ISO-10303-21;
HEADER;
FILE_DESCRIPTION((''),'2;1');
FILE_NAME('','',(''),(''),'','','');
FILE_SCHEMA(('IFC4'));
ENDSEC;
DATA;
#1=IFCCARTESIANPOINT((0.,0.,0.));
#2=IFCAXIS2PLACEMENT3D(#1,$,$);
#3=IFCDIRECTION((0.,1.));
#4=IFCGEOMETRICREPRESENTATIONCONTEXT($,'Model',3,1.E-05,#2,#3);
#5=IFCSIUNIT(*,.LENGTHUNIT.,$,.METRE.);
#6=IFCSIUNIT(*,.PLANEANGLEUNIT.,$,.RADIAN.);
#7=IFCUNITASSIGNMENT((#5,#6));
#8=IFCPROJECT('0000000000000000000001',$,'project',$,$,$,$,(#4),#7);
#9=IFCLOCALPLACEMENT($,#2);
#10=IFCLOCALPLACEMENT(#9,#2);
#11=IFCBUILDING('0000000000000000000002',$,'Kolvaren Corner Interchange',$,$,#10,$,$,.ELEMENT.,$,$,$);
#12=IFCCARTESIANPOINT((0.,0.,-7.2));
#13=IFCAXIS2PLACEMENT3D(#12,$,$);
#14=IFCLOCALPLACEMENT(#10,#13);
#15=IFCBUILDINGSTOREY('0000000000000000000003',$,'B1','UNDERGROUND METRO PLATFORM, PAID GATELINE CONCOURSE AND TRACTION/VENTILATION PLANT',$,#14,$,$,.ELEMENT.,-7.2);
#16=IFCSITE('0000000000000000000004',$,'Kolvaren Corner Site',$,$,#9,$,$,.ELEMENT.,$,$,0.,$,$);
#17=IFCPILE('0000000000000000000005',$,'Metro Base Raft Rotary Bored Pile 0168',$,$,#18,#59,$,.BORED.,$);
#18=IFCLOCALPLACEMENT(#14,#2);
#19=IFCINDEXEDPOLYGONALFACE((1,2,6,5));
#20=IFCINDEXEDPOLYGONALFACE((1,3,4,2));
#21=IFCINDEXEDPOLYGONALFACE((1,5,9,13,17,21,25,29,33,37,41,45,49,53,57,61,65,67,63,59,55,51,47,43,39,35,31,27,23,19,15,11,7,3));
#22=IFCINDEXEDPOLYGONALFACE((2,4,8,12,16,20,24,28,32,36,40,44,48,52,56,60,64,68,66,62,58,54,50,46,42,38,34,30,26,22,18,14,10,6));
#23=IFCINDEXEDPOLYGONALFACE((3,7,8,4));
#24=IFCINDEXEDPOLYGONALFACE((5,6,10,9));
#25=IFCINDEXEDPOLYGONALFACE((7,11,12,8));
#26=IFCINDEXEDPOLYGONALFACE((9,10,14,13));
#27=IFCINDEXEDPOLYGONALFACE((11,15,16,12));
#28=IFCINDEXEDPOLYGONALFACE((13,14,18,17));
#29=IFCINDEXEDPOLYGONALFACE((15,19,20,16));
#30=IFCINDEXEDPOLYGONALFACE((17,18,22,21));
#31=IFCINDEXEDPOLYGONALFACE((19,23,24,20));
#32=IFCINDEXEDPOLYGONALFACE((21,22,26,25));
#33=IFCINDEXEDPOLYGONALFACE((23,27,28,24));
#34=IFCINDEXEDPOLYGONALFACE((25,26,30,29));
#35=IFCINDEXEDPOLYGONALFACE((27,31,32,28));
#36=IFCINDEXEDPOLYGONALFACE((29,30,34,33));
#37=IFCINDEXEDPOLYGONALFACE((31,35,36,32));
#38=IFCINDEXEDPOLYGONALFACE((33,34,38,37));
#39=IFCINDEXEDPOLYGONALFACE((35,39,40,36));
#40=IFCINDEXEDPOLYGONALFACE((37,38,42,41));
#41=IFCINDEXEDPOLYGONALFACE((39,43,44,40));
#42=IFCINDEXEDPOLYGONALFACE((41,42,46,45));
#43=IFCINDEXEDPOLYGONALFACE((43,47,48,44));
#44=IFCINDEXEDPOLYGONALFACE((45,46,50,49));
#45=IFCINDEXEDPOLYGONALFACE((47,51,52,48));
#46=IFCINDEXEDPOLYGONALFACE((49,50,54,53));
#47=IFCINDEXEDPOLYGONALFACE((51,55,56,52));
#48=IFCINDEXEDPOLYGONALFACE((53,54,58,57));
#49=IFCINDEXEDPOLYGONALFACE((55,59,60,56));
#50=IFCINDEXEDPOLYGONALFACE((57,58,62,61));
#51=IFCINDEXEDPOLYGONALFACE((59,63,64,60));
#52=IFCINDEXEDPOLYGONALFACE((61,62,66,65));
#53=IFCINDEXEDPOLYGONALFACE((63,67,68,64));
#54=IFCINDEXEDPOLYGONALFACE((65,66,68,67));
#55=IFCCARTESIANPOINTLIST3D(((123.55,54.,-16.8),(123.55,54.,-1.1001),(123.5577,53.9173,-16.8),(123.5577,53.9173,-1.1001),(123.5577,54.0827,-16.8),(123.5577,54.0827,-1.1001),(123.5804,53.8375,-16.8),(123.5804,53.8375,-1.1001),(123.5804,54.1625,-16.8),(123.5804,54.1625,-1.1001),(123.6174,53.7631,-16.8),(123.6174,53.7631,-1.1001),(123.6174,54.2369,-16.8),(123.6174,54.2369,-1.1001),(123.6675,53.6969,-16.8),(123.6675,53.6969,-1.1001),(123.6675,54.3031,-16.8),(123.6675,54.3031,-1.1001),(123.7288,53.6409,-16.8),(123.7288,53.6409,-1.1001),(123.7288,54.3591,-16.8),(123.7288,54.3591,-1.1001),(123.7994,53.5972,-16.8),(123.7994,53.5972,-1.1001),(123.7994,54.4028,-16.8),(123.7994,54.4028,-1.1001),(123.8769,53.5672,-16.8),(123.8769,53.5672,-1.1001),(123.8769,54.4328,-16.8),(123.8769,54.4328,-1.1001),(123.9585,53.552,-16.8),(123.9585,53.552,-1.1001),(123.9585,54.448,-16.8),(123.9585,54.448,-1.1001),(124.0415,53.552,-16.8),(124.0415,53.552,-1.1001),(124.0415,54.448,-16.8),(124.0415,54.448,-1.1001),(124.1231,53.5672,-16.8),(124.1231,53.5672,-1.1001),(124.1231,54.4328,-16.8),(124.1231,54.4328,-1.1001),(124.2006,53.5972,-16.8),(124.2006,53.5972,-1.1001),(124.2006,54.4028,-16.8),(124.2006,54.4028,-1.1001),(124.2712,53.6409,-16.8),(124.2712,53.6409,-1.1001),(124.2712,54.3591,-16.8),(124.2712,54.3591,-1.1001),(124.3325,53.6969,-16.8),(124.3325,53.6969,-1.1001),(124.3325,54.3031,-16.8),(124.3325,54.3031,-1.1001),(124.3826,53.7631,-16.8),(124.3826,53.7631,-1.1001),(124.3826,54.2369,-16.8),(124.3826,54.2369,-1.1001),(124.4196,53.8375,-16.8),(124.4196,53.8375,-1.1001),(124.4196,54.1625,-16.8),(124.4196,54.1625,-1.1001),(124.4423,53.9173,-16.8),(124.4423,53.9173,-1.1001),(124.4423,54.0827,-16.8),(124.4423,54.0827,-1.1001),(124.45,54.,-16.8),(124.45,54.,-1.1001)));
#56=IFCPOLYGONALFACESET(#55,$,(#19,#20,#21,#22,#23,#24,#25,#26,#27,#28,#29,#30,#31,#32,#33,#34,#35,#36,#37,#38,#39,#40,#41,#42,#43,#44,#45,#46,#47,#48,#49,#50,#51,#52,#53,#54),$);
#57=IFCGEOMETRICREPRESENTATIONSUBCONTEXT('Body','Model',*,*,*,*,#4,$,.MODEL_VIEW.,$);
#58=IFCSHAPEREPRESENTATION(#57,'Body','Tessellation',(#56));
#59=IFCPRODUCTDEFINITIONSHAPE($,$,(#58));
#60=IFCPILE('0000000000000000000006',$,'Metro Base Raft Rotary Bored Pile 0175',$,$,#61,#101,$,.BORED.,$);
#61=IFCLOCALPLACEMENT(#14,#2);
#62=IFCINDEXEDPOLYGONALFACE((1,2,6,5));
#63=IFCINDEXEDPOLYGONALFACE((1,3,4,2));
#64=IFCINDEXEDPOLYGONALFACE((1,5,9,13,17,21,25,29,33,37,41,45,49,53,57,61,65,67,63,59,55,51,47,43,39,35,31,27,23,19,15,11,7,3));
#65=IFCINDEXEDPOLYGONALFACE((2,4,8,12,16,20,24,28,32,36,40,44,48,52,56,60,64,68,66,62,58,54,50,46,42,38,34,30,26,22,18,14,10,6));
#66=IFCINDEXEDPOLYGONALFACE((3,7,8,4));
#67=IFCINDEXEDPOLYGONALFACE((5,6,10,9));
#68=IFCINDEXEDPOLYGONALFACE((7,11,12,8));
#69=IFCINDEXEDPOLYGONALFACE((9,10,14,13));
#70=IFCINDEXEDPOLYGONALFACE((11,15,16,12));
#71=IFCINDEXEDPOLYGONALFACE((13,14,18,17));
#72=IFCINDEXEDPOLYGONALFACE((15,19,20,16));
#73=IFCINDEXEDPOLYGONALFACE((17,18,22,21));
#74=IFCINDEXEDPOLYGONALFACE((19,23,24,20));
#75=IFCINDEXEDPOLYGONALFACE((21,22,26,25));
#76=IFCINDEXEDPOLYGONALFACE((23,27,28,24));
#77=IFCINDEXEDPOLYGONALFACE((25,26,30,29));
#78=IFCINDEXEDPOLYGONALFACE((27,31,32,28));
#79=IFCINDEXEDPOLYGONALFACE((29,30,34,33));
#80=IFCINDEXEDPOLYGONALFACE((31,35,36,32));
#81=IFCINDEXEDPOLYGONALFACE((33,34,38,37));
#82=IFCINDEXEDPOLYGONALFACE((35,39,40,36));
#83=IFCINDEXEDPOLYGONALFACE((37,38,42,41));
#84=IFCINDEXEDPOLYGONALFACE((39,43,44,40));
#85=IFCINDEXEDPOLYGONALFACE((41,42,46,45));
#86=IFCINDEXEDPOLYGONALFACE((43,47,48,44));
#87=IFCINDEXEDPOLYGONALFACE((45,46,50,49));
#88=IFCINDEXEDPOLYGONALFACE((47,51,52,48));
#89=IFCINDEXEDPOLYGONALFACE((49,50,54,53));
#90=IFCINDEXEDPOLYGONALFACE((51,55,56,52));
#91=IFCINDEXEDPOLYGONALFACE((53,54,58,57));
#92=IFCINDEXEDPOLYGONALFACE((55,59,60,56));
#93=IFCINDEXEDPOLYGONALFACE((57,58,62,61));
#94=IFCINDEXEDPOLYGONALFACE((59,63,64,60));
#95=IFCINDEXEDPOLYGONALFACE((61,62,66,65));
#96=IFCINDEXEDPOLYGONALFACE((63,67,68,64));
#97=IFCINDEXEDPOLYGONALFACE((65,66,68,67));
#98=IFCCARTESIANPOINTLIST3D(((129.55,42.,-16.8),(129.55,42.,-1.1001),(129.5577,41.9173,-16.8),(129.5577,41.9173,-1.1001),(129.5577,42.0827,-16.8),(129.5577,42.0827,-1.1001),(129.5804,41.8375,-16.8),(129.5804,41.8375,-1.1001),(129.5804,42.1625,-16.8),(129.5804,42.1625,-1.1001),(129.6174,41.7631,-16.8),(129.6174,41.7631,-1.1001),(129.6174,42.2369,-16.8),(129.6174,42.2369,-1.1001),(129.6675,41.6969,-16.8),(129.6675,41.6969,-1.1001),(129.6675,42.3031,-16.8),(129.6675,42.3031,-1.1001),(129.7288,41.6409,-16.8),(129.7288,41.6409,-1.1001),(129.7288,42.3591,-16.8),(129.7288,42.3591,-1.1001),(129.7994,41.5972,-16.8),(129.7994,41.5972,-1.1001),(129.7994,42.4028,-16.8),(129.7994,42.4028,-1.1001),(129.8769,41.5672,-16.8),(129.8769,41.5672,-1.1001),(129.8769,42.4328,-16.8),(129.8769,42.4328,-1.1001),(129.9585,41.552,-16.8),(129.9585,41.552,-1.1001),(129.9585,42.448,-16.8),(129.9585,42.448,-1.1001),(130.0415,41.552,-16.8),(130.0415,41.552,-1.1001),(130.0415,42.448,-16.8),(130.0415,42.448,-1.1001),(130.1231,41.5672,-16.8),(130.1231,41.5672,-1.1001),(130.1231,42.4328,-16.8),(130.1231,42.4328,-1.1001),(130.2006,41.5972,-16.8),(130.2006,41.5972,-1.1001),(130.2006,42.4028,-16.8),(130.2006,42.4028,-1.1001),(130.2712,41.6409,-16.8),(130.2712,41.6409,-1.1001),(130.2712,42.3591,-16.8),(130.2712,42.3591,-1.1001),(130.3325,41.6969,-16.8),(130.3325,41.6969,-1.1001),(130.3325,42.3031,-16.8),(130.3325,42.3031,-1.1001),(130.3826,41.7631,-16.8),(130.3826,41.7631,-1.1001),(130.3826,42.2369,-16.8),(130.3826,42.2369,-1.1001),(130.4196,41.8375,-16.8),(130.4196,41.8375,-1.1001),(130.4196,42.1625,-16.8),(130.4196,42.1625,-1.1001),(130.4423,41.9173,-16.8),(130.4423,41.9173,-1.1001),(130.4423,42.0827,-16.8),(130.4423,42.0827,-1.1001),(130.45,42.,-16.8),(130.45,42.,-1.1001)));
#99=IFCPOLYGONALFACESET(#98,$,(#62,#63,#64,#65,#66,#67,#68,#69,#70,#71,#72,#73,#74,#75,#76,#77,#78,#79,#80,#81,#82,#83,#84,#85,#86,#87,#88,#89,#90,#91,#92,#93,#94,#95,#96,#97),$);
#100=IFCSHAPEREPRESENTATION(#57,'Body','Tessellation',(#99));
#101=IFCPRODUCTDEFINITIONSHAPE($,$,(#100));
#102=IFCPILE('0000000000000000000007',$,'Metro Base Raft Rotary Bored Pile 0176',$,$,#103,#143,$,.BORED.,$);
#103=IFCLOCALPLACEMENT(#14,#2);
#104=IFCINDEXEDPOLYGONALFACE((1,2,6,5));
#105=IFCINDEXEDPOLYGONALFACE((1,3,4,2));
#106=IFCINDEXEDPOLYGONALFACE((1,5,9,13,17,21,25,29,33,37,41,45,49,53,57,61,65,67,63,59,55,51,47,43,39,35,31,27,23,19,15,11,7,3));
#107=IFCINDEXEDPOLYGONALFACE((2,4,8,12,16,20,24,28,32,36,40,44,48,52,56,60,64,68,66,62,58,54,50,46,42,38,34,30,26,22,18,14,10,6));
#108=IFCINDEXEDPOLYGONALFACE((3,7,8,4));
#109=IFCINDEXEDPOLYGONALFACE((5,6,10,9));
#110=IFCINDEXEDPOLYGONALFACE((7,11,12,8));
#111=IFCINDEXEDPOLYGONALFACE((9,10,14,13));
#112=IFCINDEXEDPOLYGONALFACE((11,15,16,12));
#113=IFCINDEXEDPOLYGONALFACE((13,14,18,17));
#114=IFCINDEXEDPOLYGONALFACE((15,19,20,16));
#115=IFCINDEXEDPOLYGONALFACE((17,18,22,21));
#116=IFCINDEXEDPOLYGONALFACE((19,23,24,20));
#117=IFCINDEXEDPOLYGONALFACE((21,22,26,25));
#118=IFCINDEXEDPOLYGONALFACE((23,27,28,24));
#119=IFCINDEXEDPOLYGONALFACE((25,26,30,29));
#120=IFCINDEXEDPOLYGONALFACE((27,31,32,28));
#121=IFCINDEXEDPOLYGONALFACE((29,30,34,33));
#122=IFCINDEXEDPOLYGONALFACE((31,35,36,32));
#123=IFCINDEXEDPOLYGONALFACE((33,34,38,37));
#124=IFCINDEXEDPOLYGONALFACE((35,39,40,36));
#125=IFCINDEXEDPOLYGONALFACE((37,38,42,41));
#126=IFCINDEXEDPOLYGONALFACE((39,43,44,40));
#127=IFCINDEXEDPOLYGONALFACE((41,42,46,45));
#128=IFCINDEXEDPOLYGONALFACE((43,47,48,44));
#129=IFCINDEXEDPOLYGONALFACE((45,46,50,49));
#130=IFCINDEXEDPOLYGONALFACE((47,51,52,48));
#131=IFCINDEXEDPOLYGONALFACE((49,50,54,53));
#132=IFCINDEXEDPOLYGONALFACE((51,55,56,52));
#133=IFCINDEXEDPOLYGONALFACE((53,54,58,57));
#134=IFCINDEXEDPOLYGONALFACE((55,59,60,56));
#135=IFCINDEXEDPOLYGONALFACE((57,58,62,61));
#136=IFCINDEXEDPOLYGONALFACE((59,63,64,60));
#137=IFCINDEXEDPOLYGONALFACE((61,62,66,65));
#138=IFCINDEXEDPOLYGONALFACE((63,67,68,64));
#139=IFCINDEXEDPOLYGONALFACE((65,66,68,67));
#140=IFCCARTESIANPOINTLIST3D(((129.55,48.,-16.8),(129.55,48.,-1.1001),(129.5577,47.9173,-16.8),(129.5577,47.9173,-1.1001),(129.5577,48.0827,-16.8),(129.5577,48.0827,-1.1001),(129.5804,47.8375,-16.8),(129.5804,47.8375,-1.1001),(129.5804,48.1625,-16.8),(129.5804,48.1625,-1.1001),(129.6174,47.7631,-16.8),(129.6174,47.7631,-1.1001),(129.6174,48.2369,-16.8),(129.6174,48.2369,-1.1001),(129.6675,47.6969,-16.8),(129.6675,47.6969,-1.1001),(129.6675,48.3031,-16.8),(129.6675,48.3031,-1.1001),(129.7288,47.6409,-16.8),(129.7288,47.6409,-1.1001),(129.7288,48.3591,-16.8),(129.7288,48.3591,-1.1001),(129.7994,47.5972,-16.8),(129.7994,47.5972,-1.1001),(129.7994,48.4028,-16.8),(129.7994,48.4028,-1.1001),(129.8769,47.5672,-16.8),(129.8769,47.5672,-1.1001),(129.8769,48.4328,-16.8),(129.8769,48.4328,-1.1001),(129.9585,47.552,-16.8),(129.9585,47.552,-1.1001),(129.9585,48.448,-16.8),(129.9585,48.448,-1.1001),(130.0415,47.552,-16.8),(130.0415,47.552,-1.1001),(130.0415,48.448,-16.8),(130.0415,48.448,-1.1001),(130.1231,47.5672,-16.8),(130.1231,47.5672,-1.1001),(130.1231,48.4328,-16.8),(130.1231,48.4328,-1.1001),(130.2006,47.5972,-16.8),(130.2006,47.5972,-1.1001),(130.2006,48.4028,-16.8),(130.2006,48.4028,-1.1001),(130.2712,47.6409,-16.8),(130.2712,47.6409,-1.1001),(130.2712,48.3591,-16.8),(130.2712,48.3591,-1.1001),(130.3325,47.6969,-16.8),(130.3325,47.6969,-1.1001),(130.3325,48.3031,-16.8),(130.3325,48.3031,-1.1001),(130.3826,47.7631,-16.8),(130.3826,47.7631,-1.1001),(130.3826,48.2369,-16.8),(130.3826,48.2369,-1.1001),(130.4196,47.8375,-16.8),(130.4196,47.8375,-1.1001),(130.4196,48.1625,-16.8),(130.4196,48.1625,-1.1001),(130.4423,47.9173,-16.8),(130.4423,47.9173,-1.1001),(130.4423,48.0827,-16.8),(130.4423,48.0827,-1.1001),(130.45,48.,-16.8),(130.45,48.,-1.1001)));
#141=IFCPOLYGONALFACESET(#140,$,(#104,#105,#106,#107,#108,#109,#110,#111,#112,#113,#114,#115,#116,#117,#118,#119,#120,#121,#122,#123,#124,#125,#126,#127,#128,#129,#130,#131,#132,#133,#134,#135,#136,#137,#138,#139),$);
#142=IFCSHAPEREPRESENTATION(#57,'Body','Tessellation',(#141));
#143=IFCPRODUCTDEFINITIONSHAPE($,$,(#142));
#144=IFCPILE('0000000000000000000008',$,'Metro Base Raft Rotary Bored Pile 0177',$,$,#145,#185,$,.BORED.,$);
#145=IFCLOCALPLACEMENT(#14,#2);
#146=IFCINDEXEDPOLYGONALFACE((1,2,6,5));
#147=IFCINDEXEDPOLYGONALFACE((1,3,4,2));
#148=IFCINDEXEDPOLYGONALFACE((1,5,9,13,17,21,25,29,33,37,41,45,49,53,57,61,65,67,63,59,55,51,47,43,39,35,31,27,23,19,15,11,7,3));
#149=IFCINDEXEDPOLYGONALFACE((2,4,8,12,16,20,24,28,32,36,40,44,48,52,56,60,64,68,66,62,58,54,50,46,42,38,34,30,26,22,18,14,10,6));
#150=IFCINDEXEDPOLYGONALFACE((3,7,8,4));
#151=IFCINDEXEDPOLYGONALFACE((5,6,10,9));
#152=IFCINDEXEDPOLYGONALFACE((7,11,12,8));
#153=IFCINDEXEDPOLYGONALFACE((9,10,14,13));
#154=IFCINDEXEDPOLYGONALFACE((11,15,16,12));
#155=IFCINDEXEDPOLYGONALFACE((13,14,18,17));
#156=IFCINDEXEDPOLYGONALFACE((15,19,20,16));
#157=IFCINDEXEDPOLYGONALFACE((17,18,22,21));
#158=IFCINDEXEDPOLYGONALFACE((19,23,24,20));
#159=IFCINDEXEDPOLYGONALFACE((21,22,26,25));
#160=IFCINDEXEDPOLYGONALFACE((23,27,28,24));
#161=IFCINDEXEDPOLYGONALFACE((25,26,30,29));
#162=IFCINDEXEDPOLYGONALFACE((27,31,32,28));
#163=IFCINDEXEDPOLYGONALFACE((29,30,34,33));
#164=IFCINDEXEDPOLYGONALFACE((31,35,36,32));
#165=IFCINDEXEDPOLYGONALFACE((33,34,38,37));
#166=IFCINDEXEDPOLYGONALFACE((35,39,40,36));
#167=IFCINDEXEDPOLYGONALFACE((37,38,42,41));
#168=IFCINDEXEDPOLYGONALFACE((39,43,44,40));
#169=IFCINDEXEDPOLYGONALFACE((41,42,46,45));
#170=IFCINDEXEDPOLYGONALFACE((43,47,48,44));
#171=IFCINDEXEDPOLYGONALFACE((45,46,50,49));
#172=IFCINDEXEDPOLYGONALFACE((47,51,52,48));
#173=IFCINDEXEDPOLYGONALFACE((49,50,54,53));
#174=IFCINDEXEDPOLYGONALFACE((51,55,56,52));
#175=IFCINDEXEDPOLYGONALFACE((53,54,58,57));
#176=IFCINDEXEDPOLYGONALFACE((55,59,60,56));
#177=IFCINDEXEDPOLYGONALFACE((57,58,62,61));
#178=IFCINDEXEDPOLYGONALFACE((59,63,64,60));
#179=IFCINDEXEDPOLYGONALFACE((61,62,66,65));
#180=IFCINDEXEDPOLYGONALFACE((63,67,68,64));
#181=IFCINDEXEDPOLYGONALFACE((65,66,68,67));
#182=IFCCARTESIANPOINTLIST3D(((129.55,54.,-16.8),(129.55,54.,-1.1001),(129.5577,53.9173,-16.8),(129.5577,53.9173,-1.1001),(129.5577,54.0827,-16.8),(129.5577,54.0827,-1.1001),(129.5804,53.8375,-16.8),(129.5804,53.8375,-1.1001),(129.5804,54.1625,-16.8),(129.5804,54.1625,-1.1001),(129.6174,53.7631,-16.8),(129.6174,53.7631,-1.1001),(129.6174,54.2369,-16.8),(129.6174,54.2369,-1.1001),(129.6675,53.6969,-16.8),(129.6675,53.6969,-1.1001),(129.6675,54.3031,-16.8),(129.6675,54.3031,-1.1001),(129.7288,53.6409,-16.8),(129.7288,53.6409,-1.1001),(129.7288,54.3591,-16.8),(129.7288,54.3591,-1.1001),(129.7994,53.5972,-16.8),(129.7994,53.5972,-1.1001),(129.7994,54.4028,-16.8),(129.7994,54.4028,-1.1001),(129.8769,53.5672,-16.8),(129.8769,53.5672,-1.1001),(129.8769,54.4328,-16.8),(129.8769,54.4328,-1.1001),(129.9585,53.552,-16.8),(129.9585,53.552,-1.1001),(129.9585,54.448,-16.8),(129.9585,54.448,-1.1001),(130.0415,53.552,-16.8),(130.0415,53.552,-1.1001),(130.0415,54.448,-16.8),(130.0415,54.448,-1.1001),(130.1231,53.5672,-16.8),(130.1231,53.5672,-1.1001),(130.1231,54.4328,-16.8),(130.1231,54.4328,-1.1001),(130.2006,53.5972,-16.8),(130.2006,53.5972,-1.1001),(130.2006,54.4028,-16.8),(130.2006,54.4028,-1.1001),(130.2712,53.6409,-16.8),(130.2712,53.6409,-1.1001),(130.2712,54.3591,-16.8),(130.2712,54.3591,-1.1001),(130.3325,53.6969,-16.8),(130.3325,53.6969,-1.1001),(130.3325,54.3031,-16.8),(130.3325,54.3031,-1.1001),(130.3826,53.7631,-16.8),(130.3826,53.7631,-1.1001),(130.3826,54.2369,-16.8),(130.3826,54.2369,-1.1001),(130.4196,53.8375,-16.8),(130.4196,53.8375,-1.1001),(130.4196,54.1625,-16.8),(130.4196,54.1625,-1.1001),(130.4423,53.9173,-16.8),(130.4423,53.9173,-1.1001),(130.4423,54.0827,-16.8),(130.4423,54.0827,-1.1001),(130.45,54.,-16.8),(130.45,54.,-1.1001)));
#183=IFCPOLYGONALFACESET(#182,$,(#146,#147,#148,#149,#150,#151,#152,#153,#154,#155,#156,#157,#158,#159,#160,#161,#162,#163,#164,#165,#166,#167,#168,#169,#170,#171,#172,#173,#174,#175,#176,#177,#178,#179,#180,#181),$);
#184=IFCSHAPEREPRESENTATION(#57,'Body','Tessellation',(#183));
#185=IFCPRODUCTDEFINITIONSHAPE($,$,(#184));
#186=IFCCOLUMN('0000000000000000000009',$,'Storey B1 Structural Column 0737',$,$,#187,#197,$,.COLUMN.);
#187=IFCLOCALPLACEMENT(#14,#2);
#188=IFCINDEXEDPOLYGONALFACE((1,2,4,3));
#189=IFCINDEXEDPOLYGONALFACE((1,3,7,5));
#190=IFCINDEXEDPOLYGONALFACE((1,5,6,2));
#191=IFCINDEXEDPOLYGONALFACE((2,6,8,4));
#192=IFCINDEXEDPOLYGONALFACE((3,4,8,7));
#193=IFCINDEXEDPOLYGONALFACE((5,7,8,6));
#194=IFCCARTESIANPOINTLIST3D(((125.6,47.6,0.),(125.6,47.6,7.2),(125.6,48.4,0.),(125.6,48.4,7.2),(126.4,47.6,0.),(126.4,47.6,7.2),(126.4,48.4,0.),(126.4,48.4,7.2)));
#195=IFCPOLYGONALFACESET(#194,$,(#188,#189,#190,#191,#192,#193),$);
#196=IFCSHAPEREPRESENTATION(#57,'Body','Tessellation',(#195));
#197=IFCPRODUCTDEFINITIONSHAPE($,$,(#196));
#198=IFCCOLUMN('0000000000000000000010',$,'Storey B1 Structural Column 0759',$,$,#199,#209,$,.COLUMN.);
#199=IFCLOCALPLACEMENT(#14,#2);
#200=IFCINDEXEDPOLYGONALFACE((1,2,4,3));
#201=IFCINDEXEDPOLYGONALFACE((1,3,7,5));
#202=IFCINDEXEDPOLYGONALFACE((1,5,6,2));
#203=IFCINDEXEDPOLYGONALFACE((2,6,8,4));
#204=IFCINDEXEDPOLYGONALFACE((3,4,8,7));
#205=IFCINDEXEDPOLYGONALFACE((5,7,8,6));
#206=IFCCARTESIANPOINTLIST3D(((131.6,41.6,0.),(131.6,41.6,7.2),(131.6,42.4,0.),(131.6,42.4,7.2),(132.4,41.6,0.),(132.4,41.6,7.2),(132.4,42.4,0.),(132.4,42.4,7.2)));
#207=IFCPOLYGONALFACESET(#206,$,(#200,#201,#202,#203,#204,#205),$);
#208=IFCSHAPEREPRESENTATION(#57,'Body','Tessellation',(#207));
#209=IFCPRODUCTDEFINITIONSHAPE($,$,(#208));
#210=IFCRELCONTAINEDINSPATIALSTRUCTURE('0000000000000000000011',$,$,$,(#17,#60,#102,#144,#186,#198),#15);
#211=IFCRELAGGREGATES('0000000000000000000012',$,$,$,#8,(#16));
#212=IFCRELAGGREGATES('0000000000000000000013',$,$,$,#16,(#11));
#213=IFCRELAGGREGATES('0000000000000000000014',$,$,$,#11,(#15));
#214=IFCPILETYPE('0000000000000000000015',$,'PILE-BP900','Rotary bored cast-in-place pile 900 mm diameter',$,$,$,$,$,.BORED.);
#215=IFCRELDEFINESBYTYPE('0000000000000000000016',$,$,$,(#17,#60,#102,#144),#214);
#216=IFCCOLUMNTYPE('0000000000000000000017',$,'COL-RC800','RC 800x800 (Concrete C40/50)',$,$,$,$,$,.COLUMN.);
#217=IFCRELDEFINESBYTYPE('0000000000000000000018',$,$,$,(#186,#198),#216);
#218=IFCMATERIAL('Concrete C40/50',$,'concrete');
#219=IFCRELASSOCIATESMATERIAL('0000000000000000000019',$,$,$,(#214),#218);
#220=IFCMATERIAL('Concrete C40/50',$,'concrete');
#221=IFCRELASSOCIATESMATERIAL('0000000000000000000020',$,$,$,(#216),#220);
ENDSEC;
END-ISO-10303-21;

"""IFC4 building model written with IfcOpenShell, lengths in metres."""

from ifc_helpers import new_model, si_unit, direction, frame, origin, origin_2d, place, context, subcontext, project, spatial, rectangle, circle, extrude, material, material_profile, profile_set, type_object, element, save


model = new_model("IFC4")

# Units and contexts
model_context = context("Model", 3, precision=1e-05, world=origin(), true_north=direction((0.0, 1.0)))
body_context = subcontext(model_context, "Body", "Model", "MODEL_VIEW")
ifc_project = project(units=[si_unit("LENGTHUNIT", "METRE"), si_unit("PLANEANGLEUNIT", "RADIAN")], contexts=[model_context])

# Site, building, storey
site_placement = place(None, origin())
site = spatial("IfcSite", under=ifc_project, at=site_placement, Name="Kolvaren Corner Site", CompositionType="ELEMENT", RefElevation=0.0)
building_placement = place(site_placement, origin())
building = spatial("IfcBuilding", under=site, at=building_placement, Name="Kolvaren Corner Interchange", CompositionType="ELEMENT")
storey_placement = place(building_placement, frame((0.0, 0.0, -7.2)))
storey = spatial("IfcBuildingStorey", under=building, at=storey_placement, Name="B1", Description="UNDERGROUND METRO PLATFORM, PAID GATELINE CONCOURSE AND TRACTION/VENTILATION PLANT", CompositionType="ELEMENT", Elevation=-7.2)

# Piles
ifc_material_1 = material(Name="Concrete C40/50", Category="concrete")
ifc_material_profile_1 = material_profile(ifc_material_1, circle(Radius=0.45, at=origin_2d()), Name="BORED PILE 900")
ifc_profile_set_1 = profile_set([ifc_material_profile_1], Name="Concrete C40/50")
pile_type_1 = type_object("IfcPileType", Name="PILE-BP900", Description="Rotary bored cast-in-place pile 900 mm diameter", PredefinedType="BORED", material=ifc_profile_set_1)
for number, where, z_axis, x_axis, name in (
    (1, (124.0, 54.0, -1.1001), (0.0, 0.0, -1.0), (1.0, 0.0, 0.0), "Metro Base Raft Rotary Bored Pile 0168"),
    (2, (130.0, 42.0, -1.1001), (0.0, 0.0, -1.0), (1.0, 0.0, 0.0), "Metro Base Raft Rotary Bored Pile 0175"),
    (3, (130.0, 48.0, -1.1001), (0.0, 0.0, -1.0), (1.0, 0.0, 0.0), "Metro Base Raft Rotary Bored Pile 0176"),
    (4, (130.0, 54.0, -1.1001), (0.0, 0.0, -1.0), (1.0, 0.0, 0.0), "Metro Base Raft Rotary Bored Pile 0177"),
):
    element("IfcPile", number, at=place(storey_placement, frame(where, z_axis=z_axis, x_axis=x_axis)), inside=storey, type_object=pile_type_1, Name=name, PredefinedType="BORED", context=body_context, shape_type="SweptSolid", body=[
        extrude(circle(Radius=0.45, at=origin_2d()), origin(), (0.0, 0.0, 1.0), 15.7),
    ])

# Columns
ifc_material_2 = material(Name="Concrete C40/50", Category="concrete")
ifc_material_profile_2 = material_profile(ifc_material_2, rectangle(XDim=0.8, YDim=0.8, at=origin_2d()), Name="RC 800x800")
ifc_profile_set_2 = profile_set([ifc_material_profile_2], Name="Concrete C40/50")
column_type_1 = type_object("IfcColumnType", Name="COL-RC800", Description="RC 800x800 (Concrete C40/50)", PredefinedType="COLUMN", material=ifc_profile_set_2)
for number, where, z_axis, x_axis, name in (
    (5, (126.0, 48.0, 0.0), (0.0, 0.0, 1.0), (1.0, 0.0, 0.0), "Storey B1 Structural Column 0737"),
    (6, (132.0, 42.0, 0.0), (0.0, 0.0, 1.0), (1.0, 0.0, 0.0), "Storey B1 Structural Column 0759"),
):
    element("IfcColumn", number, at=place(storey_placement, frame(where, z_axis=z_axis, x_axis=x_axis)), inside=storey, type_object=column_type_1, Name=name, PredefinedType="COLUMN", context=body_context, shape_type="SweptSolid", body=[
        extrude(rectangle(XDim=0.8, YDim=0.8, at=origin_2d()), origin(), (0.0, 0.0, 1.0), 7.2),
    ])

save(model, "model.ifc")
